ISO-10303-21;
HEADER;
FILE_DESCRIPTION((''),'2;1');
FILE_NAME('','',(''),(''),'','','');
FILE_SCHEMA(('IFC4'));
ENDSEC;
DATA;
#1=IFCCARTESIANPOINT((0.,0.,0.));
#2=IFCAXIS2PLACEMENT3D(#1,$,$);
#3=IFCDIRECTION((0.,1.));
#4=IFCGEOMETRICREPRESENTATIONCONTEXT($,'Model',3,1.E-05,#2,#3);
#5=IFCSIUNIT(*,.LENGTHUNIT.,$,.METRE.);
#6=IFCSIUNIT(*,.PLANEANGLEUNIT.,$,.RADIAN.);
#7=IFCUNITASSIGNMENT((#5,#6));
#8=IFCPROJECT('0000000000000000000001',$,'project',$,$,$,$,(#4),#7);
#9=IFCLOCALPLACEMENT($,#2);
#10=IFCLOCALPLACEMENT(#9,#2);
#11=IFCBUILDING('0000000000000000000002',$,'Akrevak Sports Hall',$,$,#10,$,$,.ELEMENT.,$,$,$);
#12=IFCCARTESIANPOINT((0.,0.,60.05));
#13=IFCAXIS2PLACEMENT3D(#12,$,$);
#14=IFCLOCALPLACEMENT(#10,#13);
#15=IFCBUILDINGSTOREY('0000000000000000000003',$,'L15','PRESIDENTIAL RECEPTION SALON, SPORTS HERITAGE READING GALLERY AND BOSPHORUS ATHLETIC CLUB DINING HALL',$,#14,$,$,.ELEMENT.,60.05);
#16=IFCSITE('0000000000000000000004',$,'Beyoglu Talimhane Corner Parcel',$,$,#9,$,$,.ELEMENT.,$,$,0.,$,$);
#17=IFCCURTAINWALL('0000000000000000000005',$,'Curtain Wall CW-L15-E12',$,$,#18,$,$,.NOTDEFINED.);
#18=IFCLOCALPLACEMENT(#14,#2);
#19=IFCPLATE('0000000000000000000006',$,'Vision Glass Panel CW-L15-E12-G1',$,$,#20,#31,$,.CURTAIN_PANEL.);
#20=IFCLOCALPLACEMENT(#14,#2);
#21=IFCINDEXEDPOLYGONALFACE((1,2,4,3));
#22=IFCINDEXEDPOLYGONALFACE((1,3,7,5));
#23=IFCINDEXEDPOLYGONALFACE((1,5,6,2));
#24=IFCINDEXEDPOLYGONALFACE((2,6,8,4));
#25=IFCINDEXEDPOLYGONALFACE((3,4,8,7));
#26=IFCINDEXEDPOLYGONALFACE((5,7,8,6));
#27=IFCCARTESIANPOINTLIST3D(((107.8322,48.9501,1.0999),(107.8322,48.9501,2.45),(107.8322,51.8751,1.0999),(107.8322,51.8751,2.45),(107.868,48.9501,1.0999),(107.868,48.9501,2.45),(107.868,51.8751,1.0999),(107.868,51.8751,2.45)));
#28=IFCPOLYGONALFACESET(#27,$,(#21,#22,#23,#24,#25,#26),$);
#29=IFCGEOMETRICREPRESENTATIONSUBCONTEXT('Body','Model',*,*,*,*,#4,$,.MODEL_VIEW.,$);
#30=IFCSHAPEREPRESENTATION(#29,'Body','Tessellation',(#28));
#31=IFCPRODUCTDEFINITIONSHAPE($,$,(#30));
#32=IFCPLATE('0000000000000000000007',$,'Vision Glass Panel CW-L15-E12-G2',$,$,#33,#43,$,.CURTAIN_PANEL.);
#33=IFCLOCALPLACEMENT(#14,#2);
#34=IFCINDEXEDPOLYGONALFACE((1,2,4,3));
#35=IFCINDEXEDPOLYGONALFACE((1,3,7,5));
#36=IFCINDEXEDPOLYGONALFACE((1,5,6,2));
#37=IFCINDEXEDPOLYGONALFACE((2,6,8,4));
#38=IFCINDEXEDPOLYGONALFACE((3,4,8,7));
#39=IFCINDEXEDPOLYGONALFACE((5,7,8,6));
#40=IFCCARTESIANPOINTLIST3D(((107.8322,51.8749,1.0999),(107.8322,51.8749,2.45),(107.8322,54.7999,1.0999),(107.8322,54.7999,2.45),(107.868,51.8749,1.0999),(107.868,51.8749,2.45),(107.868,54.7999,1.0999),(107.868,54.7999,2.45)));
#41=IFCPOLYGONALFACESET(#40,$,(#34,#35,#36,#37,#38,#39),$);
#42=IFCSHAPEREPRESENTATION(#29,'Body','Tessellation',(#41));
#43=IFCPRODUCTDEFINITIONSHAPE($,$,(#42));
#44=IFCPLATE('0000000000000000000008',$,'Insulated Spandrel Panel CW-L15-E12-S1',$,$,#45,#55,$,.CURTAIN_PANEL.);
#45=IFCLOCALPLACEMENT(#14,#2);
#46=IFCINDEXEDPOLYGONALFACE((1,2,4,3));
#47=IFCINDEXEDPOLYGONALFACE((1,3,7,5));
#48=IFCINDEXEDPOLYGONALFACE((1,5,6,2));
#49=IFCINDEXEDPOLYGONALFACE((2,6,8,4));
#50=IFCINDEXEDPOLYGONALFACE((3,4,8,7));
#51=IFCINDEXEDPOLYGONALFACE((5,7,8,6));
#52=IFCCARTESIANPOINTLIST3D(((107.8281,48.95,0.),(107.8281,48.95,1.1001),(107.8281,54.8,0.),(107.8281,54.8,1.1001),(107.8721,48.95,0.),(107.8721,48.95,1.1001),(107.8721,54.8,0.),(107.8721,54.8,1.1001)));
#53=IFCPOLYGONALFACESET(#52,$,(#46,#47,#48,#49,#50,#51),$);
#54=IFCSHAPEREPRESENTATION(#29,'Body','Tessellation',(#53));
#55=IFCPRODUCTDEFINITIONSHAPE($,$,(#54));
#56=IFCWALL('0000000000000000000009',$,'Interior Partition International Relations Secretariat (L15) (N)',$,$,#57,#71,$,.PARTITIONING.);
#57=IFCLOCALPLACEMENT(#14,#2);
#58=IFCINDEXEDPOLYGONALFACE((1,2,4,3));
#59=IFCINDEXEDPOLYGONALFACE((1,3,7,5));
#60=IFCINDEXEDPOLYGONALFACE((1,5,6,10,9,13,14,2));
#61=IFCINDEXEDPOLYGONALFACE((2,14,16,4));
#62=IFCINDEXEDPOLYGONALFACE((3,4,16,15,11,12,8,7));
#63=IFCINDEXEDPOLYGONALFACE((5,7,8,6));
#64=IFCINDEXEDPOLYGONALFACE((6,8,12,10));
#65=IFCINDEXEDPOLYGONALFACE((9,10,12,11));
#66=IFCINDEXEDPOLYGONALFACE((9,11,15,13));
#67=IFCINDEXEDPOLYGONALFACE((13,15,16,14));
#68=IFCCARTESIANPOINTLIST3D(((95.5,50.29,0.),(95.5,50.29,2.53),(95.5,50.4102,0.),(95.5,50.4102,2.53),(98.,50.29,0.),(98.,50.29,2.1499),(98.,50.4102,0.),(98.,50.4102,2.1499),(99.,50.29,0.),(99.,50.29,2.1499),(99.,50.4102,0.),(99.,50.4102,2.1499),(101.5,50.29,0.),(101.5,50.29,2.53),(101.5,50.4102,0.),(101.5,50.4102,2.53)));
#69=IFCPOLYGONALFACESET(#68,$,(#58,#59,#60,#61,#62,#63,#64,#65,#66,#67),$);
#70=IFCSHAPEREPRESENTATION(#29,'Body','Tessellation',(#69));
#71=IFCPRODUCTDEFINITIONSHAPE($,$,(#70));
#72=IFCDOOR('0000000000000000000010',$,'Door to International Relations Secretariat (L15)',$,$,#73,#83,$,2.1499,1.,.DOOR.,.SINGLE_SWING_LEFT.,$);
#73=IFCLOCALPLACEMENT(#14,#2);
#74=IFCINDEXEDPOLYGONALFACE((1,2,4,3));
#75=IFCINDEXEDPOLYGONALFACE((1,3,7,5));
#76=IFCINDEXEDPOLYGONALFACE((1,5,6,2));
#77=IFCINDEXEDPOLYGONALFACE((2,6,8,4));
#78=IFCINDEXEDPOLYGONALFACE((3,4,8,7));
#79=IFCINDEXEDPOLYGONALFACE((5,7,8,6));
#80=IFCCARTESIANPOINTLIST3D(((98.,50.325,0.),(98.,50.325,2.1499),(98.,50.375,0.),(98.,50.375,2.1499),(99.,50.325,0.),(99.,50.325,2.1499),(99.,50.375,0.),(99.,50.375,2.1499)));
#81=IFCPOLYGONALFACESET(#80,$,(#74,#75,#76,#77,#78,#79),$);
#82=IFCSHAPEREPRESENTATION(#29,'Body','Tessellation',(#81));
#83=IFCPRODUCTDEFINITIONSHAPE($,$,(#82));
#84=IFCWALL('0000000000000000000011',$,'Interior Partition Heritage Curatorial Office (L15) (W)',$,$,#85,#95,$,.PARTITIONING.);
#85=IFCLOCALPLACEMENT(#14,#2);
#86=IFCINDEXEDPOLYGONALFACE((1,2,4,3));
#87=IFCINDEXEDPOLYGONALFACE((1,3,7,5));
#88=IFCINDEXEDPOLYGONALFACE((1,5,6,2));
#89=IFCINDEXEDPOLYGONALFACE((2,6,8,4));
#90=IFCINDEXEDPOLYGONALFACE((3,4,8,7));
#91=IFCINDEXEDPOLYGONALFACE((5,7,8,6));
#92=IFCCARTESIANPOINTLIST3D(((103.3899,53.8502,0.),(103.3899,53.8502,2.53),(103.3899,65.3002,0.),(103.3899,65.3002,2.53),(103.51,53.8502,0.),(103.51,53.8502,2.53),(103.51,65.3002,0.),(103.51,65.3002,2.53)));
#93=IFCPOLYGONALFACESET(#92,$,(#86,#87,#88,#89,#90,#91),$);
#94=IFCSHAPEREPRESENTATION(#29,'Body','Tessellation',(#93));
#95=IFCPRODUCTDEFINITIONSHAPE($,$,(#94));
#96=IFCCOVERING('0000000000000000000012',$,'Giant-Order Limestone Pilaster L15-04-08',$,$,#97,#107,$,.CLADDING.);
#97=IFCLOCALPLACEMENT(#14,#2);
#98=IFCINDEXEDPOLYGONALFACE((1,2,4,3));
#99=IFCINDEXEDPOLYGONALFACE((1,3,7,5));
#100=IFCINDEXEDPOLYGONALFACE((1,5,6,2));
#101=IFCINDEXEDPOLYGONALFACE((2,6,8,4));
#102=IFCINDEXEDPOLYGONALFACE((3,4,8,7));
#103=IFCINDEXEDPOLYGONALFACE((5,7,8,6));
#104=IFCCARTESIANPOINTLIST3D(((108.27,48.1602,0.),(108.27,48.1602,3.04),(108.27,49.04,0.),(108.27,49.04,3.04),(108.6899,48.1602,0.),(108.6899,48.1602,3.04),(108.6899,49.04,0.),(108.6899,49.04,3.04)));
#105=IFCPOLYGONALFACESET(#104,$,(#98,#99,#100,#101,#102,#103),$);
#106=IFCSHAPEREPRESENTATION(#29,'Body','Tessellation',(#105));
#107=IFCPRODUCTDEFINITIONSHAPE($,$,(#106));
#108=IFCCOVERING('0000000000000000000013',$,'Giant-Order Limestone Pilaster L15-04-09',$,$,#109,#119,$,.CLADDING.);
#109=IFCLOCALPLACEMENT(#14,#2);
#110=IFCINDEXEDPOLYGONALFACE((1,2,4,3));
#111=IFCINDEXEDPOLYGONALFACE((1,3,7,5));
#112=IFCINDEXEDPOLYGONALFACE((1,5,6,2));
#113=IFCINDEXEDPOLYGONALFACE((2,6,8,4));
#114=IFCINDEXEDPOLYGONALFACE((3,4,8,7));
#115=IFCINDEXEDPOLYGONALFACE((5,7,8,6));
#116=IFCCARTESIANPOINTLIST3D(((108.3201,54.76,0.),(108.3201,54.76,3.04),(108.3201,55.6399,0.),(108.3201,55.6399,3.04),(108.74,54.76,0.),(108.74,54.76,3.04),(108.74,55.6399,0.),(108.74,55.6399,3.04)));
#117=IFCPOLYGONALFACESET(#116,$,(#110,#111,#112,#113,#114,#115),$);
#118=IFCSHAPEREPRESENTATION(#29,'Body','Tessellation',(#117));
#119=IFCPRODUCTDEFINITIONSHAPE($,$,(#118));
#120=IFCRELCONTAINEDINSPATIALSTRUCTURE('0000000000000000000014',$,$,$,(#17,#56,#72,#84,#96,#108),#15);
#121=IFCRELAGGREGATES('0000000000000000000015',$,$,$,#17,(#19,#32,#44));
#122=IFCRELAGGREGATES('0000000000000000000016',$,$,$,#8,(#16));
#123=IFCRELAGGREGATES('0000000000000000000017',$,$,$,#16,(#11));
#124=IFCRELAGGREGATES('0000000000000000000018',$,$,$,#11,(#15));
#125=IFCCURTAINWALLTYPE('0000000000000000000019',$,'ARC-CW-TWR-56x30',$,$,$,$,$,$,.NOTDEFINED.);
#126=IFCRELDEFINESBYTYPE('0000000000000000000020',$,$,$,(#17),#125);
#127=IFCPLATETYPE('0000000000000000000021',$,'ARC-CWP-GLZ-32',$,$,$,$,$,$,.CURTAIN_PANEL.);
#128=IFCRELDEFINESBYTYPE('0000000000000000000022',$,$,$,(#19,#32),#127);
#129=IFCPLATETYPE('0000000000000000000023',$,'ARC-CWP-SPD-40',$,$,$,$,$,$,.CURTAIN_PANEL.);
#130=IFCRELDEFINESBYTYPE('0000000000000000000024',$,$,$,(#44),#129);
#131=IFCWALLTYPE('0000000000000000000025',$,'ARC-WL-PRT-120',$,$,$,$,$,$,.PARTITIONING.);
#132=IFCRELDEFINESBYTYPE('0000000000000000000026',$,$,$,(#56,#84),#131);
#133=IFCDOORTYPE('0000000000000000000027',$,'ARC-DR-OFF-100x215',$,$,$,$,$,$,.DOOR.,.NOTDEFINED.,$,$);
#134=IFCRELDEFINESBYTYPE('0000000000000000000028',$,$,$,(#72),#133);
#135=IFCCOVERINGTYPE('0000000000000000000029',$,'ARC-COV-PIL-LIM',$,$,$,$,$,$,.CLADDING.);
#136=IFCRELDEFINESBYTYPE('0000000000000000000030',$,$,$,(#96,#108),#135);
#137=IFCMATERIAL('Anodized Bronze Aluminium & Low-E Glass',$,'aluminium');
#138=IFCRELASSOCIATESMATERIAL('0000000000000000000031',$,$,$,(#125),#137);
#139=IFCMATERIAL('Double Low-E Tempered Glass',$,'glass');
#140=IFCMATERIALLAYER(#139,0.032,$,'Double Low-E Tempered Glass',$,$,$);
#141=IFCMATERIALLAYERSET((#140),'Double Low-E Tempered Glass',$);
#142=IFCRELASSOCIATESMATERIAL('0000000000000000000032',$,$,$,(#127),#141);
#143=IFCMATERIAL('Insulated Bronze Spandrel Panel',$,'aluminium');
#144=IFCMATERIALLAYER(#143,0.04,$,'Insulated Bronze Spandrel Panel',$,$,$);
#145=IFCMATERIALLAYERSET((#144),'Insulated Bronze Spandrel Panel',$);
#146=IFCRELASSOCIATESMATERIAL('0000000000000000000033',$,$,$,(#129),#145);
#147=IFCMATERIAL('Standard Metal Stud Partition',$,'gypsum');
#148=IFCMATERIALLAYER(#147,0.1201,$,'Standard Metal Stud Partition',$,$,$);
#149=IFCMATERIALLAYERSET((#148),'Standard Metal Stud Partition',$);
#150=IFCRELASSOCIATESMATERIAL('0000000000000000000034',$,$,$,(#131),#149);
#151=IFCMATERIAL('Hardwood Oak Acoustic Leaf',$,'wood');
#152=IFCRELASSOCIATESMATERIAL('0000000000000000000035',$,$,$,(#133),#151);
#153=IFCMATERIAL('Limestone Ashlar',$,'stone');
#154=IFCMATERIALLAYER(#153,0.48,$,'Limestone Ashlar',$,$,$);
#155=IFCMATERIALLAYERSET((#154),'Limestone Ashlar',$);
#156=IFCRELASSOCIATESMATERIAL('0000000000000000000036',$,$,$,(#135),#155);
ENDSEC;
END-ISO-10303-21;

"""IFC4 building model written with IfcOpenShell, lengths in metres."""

from ifc_helpers import new_model, si_unit, direction, frame, frame_2d, origin, origin_2d, place, context, subcontext, project, spatial, rectangle, extrude, material, layer, layer_set, type_object, element, fill, aggregate, save


model = new_model("IFC4")

# Units and contexts
model_context = context("Model", 3, precision=1e-05, world=origin(), true_north=direction((0.0, 1.0)))
body_context = subcontext(model_context, "Body", "Model", "MODEL_VIEW")
ifc_project = project(units=[si_unit("LENGTHUNIT", "METRE"), si_unit("PLANEANGLEUNIT", "RADIAN")], contexts=[model_context])

# Site, building, storey
site_placement = place(None, origin())
site = spatial("IfcSite", under=ifc_project, at=site_placement, Name="Beyoglu Talimhane Corner Parcel", CompositionType="ELEMENT", RefElevation=0.0)
building_placement = place(site_placement, origin())
building = spatial("IfcBuilding", under=site, at=building_placement, Name="Akrevak Sports Hall", CompositionType="ELEMENT")
storey_placement = place(building_placement, frame((0.0, 0.0, 60.05)))
storey = spatial("IfcBuildingStorey", under=building, at=storey_placement, Name="L15", Description="PRESIDENTIAL RECEPTION SALON, SPORTS HERITAGE READING GALLERY AND BOSPHORUS ATHLETIC CLUB DINING HALL", CompositionType="ELEMENT", Elevation=60.05)

# Curtain wall
ifc_material_1 = material(Name="Anodized Bronze Aluminium & Low-E Glass", Category="aluminium")
curtain_wall_type = type_object("IfcCurtainWallType", Name="ARC-CW-TWR-56x30", PredefinedType="NOTDEFINED", material=ifc_material_1)
curtain_wall_placement = place(storey_placement, origin())
curtain_wall = element("IfcCurtainWall", 1, at=curtain_wall_placement, inside=storey, type_object=curtain_wall_type, Name="Curtain Wall CW-L15-E12", PredefinedType="NOTDEFINED")

# Plates
ifc_material_2 = material(Name="Double Low-E Tempered Glass", Category="glass")
ifc_layer_1 = layer(ifc_material_2, 0.032, Name="Double Low-E Tempered Glass")
ifc_layer_set_1 = layer_set([ifc_layer_1], Name="Double Low-E Tempered Glass")
plate_type_1 = type_object("IfcPlateType", Name="ARC-CWP-GLZ-32", PredefinedType="CURTAIN_PANEL", material=ifc_layer_set_1)
plate_1_placement = place(storey_placement, frame((107.8501, 50.4126, 1.0999), z_axis=(0.0, 0.0, 1.0), x_axis=(0.0, 1.0, 0.0)))
plate_1 = element("IfcPlate", 2, at=plate_1_placement, type_object=plate_type_1, Name="Vision Glass Panel CW-L15-E12-G1", PredefinedType="CURTAIN_PANEL", context=body_context, shape_type="SweptSolid", body=[
    extrude(rectangle(XDim=2.925, YDim=0.0359, at=origin_2d()), origin(), (0.0, 0.0, 1.0), 1.3501),
])
plate_2_placement = place(storey_placement, frame((107.8501, 53.3374, 1.0999), z_axis=(0.0, 0.0, 1.0), x_axis=(0.0, 1.0, 0.0)))
plate_2 = element("IfcPlate", 3, at=plate_2_placement, type_object=plate_type_1, Name="Vision Glass Panel CW-L15-E12-G2", PredefinedType="CURTAIN_PANEL", context=body_context, shape_type="SweptSolid", body=[
    extrude(rectangle(XDim=2.925, YDim=0.0359, at=origin_2d()), origin(), (0.0, 0.0, 1.0), 1.3501),
])
ifc_material_3 = material(Name="Insulated Bronze Spandrel Panel", Category="aluminium")
ifc_layer_2 = layer(ifc_material_3, 0.04, Name="Insulated Bronze Spandrel Panel")
ifc_layer_set_2 = layer_set([ifc_layer_2], Name="Insulated Bronze Spandrel Panel")
plate_type_2 = type_object("IfcPlateType", Name="ARC-CWP-SPD-40", PredefinedType="CURTAIN_PANEL", material=ifc_layer_set_2)
plate_3_placement = place(storey_placement, frame((107.8501, 51.875, 0.0), z_axis=(0.0, 0.0, 1.0), x_axis=(0.0, 1.0, 0.0)))
plate_3 = element("IfcPlate", 4, at=plate_3_placement, type_object=plate_type_2, Name="Insulated Spandrel Panel CW-L15-E12-S1", PredefinedType="CURTAIN_PANEL", context=body_context, shape_type="SweptSolid", body=[
    extrude(rectangle(XDim=5.8501, YDim=0.0439, at=origin_2d()), origin(), (0.0, 0.0, 1.0), 1.1001),
])
aggregate(curtain_wall, [plate_1, plate_2, plate_3])

# Wall, opening, door
ifc_material_4 = material(Name="Standard Metal Stud Partition", Category="gypsum")
ifc_layer_3 = layer(ifc_material_4, 0.1201, Name="Standard Metal Stud Partition")
ifc_layer_set_3 = layer_set([ifc_layer_3], Name="Standard Metal Stud Partition")
wall_type = type_object("IfcWallType", Name="ARC-WL-PRT-120", PredefinedType="PARTITIONING", material=ifc_layer_set_3)
wall_1_placement = place(storey_placement, frame((95.5, 50.3501, 0.0), z_axis=(0.0, 0.0, 1.0), x_axis=(1.0, 0.0, 0.0)))
wall_1 = element("IfcWall", 5, at=wall_1_placement, inside=storey, type_object=wall_type, Name="Interior Partition International Relations Secretariat (L15) (N)", PredefinedType="PARTITIONING", context=body_context, shape_type="SweptSolid", body=[
    extrude(rectangle(XDim=6.0, YDim=0.1201, at=frame_2d((3.0, 0.0))), origin(), (0.0, 0.0, 1.0), 2.53),
])
opening_1_placement = place(wall_1_placement, frame((2.5, 0.0, 0.0)))
opening_1 = element("IfcOpeningElement", 6, at=opening_1_placement, cuts=wall_1, PredefinedType="OPENING", context=body_context, shape_type="SweptSolid", body=[
    extrude(rectangle(XDim=1.0, YDim=2.1499, at=frame_2d((0.5, 1.075))), frame((0.0, 0.072, 0.0), z_axis=(0.0, -1.0, 0.0), x_axis=(1.0, 0.0, 0.0)), (0.0, 0.0, 1.0), 0.144),
])
ifc_material_5 = material(Name="Hardwood Oak Acoustic Leaf", Category="wood")
door_type_1 = type_object("IfcDoorType", Name="ARC-DR-OFF-100x215", OperationType="NOTDEFINED", PredefinedType="DOOR", material=ifc_material_5)
door_1_placement = place(opening_1_placement, origin())
door_1 = element("IfcDoor", 7, at=door_1_placement, inside=storey, type_object=door_type_1, Name="Door to International Relations Secretariat (L15)", OperationType="SINGLE_SWING_LEFT", OverallHeight=2.1499, OverallWidth=1.0, PredefinedType="DOOR", context=body_context, shape_type="SweptSolid", body=[
    extrude(rectangle(XDim=1.0, YDim=2.1499, at=frame_2d((0.5, 1.075))), frame((0.0, 0.0249, 0.0), z_axis=(0.0, -1.0, 0.0), x_axis=(1.0, 0.0, 0.0)), (0.0, 0.0, 1.0), 0.05),
])
fill(opening_1, door_1)

# Wall
wall_2_placement = place(storey_placement, frame((103.45, 53.8501, 0.0), z_axis=(0.0, 0.0, 1.0), x_axis=(0.0, 1.0, 0.0)))
element("IfcWall", 8, at=wall_2_placement, inside=storey, type_object=wall_type, Name="Interior Partition Heritage Curatorial Office (L15) (W)", PredefinedType="PARTITIONING", context=body_context, shape_type="SweptSolid", body=[
    extrude(rectangle(XDim=11.45, YDim=0.1201, at=frame_2d((5.7251, 0.0))), origin(), (0.0, 0.0, 1.0), 2.53),
])

# Coverings
ifc_material_6 = material(Name="Limestone Ashlar", Category="stone")
ifc_layer_4 = layer(ifc_material_6, 0.48, Name="Limestone Ashlar")
ifc_layer_set_4 = layer_set([ifc_layer_4], Name="Limestone Ashlar")
covering_type = type_object("IfcCoveringType", Name="ARC-COV-PIL-LIM", PredefinedType="CLADDING", material=ifc_layer_set_4)
for number, where, z_axis, x_axis, name in (
    (9, (108.48, 48.6001, 0.0), (0.0, 0.0, 1.0), (0.0, 1.0, 0.0), "Giant-Order Limestone Pilaster L15-04-08"),
    (10, (108.53, 55.2, 0.0), (0.0, 0.0, 1.0), (0.0, 1.0, 0.0), "Giant-Order Limestone Pilaster L15-04-09"),
):
    element("IfcCovering", number, at=place(storey_placement, frame(where, z_axis=z_axis, x_axis=x_axis)), inside=storey, type_object=covering_type, Name=name, PredefinedType="CLADDING", context=body_context, shape_type="SweptSolid", body=[
        extrude(rectangle(XDim=0.8799, YDim=0.4199, at=origin_2d()), origin(), (0.0, 0.0, 1.0), 3.04),
    ])

save(model, "model.ifc")
